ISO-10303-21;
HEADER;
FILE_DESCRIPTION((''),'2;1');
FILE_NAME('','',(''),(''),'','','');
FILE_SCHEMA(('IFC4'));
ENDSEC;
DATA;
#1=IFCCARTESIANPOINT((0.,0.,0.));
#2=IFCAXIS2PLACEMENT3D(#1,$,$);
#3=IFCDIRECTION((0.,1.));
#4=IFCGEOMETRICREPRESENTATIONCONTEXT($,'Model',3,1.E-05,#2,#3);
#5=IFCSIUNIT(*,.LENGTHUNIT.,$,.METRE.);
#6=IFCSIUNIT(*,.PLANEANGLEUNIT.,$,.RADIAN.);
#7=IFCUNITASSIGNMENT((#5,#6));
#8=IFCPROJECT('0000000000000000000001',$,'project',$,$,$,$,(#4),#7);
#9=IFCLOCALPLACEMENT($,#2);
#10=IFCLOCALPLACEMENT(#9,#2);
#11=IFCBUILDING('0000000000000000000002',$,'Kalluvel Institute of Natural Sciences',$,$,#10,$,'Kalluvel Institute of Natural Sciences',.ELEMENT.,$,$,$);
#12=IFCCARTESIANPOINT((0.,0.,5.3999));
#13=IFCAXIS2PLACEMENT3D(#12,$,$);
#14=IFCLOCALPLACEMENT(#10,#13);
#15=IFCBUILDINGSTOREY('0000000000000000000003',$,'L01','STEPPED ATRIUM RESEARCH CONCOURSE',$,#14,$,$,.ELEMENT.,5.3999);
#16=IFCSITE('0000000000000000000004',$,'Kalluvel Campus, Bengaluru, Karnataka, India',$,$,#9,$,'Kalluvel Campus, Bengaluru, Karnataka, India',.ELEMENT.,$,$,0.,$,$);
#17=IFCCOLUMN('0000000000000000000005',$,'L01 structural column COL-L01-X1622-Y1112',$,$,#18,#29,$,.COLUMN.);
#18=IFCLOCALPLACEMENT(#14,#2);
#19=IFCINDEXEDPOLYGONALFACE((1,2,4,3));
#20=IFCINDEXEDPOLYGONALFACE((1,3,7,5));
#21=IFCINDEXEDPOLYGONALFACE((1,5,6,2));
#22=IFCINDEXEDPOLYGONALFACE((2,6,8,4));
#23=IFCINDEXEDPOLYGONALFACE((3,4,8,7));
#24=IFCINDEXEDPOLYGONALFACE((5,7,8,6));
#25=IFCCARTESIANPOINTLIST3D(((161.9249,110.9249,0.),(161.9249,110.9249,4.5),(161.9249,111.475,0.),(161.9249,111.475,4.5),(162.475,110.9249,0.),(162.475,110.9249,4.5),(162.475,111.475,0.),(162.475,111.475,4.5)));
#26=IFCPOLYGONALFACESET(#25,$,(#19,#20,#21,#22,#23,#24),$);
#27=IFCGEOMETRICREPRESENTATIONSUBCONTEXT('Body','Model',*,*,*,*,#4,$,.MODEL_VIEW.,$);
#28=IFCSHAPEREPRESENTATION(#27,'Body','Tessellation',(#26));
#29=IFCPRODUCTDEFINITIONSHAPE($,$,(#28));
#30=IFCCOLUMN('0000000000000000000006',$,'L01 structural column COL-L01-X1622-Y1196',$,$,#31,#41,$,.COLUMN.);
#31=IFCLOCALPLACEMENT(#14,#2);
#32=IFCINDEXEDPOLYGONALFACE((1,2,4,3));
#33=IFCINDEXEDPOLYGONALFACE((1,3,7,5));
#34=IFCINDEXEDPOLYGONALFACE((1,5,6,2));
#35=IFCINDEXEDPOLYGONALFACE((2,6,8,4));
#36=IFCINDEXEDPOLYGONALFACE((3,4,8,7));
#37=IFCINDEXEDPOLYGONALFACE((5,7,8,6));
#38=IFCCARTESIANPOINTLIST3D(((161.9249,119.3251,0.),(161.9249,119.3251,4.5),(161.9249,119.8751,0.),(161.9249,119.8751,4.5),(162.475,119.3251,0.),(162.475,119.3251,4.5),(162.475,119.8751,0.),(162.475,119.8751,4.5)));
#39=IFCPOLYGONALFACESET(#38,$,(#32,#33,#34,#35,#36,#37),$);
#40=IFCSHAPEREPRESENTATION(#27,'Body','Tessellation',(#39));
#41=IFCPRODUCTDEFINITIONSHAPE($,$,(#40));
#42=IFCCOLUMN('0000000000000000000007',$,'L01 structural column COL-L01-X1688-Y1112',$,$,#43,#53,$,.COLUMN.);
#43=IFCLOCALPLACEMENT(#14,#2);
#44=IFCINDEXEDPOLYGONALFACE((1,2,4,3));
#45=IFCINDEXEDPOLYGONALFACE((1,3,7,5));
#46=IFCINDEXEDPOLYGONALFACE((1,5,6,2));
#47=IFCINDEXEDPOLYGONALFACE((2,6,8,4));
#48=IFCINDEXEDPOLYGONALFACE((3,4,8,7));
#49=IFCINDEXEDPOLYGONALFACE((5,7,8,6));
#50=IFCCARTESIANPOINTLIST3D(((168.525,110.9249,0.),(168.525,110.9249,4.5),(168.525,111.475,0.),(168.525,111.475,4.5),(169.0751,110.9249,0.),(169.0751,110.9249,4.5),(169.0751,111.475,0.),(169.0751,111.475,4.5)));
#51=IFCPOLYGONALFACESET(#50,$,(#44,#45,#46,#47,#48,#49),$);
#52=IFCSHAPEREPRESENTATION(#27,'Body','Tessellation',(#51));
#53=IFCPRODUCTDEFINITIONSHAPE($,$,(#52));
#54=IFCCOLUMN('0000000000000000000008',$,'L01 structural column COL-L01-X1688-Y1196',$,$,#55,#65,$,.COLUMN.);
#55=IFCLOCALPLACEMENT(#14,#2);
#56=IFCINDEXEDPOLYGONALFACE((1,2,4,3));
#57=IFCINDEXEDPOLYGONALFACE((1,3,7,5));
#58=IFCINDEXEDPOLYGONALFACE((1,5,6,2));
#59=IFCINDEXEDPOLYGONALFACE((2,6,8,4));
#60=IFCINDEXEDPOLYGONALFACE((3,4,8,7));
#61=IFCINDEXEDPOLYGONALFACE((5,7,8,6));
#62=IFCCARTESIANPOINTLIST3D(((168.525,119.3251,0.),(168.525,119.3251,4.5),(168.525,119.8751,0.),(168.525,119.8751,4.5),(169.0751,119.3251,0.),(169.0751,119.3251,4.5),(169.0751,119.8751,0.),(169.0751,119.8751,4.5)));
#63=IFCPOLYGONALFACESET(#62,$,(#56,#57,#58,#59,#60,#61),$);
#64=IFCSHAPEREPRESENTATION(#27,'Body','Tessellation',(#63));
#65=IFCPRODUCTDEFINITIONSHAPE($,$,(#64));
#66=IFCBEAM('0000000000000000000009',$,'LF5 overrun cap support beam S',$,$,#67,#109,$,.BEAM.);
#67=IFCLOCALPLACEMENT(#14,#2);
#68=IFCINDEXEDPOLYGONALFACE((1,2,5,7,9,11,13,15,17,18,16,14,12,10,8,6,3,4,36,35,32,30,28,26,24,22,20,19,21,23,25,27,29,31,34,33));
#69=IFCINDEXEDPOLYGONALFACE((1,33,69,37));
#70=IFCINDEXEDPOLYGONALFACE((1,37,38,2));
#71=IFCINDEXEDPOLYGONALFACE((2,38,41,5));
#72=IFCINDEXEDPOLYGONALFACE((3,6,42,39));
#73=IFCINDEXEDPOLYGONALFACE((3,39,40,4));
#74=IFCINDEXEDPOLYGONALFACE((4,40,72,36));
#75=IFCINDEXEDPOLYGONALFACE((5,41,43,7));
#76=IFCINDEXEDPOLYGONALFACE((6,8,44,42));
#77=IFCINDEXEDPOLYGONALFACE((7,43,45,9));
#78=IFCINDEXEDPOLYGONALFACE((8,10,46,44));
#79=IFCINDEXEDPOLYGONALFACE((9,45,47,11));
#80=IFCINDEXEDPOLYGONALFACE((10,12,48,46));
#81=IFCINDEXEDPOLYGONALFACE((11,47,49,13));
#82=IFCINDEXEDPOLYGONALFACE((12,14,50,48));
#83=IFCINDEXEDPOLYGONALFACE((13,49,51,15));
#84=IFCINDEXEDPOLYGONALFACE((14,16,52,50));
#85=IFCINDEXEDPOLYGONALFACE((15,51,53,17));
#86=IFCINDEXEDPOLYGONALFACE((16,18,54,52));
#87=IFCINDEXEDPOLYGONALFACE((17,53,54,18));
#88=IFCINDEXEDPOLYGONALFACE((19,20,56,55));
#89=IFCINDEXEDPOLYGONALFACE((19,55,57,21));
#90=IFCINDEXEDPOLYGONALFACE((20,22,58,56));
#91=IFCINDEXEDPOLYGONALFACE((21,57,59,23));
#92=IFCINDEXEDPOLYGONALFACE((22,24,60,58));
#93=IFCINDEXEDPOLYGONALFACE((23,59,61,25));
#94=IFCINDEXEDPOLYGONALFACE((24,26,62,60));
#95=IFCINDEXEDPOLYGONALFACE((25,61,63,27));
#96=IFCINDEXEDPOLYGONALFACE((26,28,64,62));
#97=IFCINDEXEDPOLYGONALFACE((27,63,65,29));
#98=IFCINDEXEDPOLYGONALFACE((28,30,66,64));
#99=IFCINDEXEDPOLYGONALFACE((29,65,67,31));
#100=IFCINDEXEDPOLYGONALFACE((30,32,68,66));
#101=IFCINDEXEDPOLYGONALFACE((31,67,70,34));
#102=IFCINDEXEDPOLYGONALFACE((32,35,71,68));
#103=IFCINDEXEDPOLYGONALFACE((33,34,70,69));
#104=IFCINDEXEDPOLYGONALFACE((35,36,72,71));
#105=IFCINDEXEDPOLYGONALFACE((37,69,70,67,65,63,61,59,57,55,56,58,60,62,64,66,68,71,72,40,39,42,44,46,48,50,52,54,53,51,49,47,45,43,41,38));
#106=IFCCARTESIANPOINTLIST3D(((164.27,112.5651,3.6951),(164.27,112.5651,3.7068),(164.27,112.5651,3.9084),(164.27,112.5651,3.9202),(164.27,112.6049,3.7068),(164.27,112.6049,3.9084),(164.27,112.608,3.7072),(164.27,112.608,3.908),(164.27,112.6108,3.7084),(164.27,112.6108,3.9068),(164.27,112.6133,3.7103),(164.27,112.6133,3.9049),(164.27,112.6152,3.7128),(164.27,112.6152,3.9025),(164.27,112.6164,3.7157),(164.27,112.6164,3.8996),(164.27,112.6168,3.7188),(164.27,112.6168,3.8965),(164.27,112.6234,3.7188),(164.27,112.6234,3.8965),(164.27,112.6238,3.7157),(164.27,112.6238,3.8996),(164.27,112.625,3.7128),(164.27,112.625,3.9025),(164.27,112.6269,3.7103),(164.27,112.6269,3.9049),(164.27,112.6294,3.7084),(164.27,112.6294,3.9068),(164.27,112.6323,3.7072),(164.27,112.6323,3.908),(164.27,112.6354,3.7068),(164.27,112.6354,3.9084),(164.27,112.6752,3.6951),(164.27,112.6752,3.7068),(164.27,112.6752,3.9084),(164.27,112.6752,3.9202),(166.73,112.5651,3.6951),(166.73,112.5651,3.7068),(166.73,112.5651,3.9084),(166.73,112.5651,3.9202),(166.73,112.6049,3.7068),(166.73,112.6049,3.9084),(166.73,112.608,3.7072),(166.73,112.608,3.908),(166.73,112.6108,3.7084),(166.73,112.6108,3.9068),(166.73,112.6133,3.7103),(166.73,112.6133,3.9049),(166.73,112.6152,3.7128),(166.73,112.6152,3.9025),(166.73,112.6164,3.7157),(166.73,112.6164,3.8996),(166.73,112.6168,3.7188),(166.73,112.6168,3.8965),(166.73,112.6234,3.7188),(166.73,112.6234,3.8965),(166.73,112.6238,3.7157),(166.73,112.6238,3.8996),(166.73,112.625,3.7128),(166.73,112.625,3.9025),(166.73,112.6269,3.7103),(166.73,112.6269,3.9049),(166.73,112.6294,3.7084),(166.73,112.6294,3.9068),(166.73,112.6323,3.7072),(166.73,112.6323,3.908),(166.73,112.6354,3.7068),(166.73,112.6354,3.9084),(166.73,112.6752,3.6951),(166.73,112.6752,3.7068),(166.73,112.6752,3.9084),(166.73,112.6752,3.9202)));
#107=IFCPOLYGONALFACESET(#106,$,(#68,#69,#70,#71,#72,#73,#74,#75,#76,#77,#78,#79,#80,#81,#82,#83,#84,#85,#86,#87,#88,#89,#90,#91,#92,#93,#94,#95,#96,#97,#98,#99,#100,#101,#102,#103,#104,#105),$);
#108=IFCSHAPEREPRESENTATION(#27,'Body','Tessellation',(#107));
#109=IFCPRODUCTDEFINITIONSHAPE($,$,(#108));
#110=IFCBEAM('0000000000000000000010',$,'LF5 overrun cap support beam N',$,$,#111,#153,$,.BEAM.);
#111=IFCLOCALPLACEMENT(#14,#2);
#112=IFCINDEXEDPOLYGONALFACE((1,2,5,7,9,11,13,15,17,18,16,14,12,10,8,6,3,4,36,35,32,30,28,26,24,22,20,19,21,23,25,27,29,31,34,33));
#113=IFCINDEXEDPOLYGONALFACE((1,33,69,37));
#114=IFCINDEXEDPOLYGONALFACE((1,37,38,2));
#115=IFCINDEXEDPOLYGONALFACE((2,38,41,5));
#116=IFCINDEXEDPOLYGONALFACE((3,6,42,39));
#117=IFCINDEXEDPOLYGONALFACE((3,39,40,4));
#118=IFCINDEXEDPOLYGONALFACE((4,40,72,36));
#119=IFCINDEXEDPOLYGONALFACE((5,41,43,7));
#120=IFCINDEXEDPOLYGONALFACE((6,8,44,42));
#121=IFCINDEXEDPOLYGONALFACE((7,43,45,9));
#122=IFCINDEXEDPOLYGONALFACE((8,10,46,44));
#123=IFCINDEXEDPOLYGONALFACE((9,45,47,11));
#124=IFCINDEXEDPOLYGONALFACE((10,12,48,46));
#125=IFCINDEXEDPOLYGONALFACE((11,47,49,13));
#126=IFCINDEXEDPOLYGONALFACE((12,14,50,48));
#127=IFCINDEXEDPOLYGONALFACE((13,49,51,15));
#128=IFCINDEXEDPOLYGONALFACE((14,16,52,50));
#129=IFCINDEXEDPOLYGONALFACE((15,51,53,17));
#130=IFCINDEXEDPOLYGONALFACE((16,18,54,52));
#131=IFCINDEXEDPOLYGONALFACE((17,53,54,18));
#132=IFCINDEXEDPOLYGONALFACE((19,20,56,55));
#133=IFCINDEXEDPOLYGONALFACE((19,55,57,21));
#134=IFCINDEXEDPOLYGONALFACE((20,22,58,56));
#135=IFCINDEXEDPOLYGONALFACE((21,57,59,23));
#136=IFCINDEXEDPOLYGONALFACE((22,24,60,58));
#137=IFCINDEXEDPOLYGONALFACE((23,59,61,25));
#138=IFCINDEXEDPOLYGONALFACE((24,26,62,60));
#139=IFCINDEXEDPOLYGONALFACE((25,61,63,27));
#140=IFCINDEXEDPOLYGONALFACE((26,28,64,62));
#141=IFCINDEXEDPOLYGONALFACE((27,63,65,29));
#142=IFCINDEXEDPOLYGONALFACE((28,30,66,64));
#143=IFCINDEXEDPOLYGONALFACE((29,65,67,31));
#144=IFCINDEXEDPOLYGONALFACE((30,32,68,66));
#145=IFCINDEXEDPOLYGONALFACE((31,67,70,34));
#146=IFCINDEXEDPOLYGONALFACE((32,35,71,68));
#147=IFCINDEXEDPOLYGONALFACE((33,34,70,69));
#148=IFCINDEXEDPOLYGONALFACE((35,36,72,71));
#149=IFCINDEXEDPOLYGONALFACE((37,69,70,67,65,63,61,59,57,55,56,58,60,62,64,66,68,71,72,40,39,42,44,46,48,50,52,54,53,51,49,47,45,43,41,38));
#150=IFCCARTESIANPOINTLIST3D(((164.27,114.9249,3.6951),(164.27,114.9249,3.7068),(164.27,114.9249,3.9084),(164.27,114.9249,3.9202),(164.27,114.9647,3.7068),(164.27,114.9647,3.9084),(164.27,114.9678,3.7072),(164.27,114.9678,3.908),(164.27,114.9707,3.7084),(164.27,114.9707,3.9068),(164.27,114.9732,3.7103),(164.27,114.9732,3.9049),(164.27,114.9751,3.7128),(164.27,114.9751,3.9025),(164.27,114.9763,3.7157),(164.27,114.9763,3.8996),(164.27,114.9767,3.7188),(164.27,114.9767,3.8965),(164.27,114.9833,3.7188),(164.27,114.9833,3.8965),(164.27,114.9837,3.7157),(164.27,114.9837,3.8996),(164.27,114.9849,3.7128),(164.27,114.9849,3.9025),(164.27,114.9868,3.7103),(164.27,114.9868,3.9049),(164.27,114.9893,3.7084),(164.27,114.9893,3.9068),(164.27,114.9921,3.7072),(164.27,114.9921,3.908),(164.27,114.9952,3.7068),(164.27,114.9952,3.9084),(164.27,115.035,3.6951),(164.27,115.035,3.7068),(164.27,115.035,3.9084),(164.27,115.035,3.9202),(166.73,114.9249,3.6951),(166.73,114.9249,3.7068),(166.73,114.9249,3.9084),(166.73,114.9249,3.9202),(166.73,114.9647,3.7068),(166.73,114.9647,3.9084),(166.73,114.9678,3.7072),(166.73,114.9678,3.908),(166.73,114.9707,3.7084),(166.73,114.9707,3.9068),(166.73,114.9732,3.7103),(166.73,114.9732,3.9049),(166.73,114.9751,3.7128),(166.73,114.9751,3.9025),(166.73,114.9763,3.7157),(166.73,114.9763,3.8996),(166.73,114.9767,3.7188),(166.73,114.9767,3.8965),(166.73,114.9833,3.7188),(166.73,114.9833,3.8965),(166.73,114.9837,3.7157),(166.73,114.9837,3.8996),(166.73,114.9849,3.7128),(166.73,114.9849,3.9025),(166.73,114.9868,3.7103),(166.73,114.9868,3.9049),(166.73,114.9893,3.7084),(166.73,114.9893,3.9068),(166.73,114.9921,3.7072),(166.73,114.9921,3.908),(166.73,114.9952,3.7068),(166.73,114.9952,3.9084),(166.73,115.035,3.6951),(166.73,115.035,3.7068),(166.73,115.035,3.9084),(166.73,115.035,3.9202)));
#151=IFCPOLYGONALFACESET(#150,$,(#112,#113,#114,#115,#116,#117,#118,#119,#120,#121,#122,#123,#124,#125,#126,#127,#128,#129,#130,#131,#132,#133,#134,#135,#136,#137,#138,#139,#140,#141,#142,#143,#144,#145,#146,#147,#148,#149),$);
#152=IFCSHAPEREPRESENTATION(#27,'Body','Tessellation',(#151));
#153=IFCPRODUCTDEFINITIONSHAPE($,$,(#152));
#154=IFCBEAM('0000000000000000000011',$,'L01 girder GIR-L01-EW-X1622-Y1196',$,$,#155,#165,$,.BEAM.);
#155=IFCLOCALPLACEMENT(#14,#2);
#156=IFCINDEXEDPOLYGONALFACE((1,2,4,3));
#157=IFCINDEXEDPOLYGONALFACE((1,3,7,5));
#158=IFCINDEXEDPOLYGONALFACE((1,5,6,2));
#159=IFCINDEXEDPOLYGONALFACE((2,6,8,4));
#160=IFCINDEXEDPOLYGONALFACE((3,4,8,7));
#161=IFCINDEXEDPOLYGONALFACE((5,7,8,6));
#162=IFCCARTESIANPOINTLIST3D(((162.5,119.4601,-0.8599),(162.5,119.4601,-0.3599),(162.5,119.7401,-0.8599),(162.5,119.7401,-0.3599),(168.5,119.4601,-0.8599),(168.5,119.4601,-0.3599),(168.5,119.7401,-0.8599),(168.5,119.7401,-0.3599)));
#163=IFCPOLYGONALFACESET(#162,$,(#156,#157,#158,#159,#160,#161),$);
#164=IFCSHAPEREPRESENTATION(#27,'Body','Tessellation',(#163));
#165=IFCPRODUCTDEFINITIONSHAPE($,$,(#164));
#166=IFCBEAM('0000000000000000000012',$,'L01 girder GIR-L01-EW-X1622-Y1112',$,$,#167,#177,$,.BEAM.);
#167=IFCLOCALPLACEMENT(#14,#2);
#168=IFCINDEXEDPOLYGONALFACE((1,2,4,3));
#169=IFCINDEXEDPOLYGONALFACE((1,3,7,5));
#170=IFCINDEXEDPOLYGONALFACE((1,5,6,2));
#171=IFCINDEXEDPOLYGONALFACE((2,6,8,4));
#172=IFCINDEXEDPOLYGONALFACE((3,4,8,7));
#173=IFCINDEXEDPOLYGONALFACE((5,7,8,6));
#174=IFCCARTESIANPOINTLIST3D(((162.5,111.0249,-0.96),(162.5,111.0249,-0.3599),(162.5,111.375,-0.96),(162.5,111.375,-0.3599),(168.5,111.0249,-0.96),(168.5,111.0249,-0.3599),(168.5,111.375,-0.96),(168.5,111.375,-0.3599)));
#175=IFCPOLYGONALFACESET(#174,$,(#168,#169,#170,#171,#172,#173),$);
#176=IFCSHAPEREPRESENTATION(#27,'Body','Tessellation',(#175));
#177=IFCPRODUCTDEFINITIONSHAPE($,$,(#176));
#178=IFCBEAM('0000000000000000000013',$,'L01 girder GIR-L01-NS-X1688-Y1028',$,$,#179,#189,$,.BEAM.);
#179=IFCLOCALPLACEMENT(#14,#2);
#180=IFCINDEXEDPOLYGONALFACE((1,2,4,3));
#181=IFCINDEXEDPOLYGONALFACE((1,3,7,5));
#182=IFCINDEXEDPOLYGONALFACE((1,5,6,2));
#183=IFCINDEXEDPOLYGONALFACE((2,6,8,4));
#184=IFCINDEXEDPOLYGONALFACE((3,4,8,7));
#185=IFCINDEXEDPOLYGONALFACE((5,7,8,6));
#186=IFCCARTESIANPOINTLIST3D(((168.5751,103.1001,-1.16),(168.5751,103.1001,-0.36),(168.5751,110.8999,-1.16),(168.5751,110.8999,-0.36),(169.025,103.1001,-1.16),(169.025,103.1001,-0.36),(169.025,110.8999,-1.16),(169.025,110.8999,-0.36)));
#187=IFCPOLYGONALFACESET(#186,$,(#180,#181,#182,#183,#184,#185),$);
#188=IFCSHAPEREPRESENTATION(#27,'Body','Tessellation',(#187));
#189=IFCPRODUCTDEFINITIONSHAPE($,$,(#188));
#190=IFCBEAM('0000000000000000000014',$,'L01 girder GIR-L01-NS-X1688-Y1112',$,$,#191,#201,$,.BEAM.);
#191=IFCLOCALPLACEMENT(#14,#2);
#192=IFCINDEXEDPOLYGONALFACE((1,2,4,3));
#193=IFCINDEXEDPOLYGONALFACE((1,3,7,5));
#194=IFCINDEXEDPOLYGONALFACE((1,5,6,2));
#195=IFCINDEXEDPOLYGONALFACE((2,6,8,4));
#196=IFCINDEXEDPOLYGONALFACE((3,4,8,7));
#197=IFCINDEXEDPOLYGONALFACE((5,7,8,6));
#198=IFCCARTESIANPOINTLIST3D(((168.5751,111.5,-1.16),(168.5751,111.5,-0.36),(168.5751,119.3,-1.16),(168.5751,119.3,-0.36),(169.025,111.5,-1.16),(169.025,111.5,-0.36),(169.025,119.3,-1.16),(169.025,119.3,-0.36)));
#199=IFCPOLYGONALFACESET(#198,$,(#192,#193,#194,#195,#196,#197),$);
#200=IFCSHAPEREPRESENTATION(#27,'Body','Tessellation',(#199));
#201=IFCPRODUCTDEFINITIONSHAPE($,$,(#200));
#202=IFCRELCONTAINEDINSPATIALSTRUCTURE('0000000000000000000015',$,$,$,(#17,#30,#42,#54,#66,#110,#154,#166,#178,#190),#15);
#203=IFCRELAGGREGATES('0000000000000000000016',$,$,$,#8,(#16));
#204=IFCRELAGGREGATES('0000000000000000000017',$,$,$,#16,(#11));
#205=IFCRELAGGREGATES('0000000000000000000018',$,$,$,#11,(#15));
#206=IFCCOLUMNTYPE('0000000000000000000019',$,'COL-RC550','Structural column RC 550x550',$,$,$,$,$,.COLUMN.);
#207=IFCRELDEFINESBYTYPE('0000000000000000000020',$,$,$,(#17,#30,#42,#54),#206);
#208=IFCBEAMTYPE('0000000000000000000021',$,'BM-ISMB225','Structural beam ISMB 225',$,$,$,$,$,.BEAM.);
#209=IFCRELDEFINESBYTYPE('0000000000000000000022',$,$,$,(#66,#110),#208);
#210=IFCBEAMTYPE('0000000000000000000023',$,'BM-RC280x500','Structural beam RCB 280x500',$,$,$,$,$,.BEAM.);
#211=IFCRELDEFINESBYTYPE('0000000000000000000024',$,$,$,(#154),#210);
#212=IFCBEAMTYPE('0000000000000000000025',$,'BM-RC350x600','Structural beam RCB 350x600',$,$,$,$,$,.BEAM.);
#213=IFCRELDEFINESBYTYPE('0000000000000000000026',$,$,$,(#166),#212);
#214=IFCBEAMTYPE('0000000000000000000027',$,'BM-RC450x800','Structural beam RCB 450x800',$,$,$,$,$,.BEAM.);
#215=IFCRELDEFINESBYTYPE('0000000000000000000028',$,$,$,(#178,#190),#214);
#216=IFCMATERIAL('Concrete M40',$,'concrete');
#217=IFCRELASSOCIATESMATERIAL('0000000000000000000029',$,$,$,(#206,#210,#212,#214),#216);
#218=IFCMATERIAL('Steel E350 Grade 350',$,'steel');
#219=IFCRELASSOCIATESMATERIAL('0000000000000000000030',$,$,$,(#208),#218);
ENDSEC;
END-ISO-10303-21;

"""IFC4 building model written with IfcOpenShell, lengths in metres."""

from ifc_helpers import new_model, si_unit, direction, frame, origin, origin_2d, place, context, subcontext, project, spatial, rectangle, i_section, extrude, material, material_profile, profile_set, type_object, element, save


model = new_model("IFC4")

# Units and contexts
model_context = context("Model", 3, precision=1e-05, world=origin(), true_north=direction((0.0, 1.0)))
body_context = subcontext(model_context, "Body", "Model", "MODEL_VIEW")
ifc_project = project(units=[si_unit("LENGTHUNIT", "METRE"), si_unit("PLANEANGLEUNIT", "RADIAN")], contexts=[model_context])

# Site, building, storey
site_placement = place(None, origin())
site = spatial("IfcSite", under=ifc_project, at=site_placement, Name="Kalluvel Campus, Bengaluru, Karnataka, India", LongName="Kalluvel Campus, Bengaluru, Karnataka, India", CompositionType="ELEMENT", RefElevation=0.0)
building_placement = place(site_placement, origin())
building = spatial("IfcBuilding", under=site, at=building_placement, Name="Kalluvel Institute of Natural Sciences", LongName="Kalluvel Institute of Natural Sciences", CompositionType="ELEMENT")
storey_placement = place(building_placement, frame((0.0, 0.0, 5.3999)))
storey = spatial("IfcBuildingStorey", under=building, at=storey_placement, Name="L01", Description="STEPPED ATRIUM RESEARCH CONCOURSE", CompositionType="ELEMENT", Elevation=5.3999)

# Columns
ifc_material_1 = material(Name="Concrete M40", Category="concrete")
ifc_material_profile_1 = material_profile(ifc_material_1, rectangle(XDim=0.55, YDim=0.55, at=origin_2d()), Name="RC 550x550")
ifc_profile_set_1 = profile_set([ifc_material_profile_1], Name="Concrete M40")
column_type = type_object("IfcColumnType", Name="COL-RC550", Description="Structural column RC 550x550", PredefinedType="COLUMN", material=ifc_profile_set_1)
for number, where, z_axis, x_axis, name in (
    (1, (162.2, 111.2, 0.0), (0.0, 0.0, 1.0), (1.0, 0.0, 0.0), "L01 structural column COL-L01-X1622-Y1112"),
    (2, (162.2, 119.6001, 0.0), (0.0, 0.0, 1.0), (1.0, 0.0, 0.0), "L01 structural column COL-L01-X1622-Y1196"),
    (3, (168.8, 111.2, 0.0), (0.0, 0.0, 1.0), (1.0, 0.0, 0.0), "L01 structural column COL-L01-X1688-Y1112"),
    (4, (168.8, 119.6001, 0.0), (0.0, 0.0, 1.0), (1.0, 0.0, 0.0), "L01 structural column COL-L01-X1688-Y1196"),
):
    element("IfcColumn", number, at=place(storey_placement, frame(where, z_axis=z_axis, x_axis=x_axis)), inside=storey, type_object=column_type, Name=name, PredefinedType="COLUMN", context=body_context, shape_type="SweptSolid", body=[
        extrude(rectangle(XDim=0.55, YDim=0.55, at=origin_2d()), origin(), (0.0, 0.0, 1.0), 4.5),
    ])

# Beams
ifc_material_2 = material(Name="Steel E350 Grade 350", Category="steel")
ifc_material_profile_2 = material_profile(ifc_material_2, i_section(OverallWidth=0.1101, OverallDepth=0.2251, WebThickness=0.0066, FlangeThickness=0.0117, FilletRadius=0.012, at=origin_2d()), Name="ISMB 225")
ifc_profile_set_2 = profile_set([ifc_material_profile_2], Name="Steel E350 Grade 350")
beam_type_1 = type_object("IfcBeamType", Name="BM-ISMB225", Description="Structural beam ISMB 225", PredefinedType="BEAM", material=ifc_profile_set_2)
for number, where, z_axis, x_axis, name in (
    (5, (164.27, 112.6201, 3.8076), (1.0, 0.0, 0.0), (0.0, 1.0, 0.0), "LF5 overrun cap support beam S"),
    (6, (164.27, 114.98, 3.8076), (1.0, 0.0, 0.0), (0.0, 1.0, 0.0), "LF5 overrun cap support beam N"),
):
    element("IfcBeam", number, at=place(storey_placement, frame(where, z_axis=z_axis, x_axis=x_axis)), inside=storey, type_object=beam_type_1, Name=name, PredefinedType="BEAM", context=body_context, shape_type="SweptSolid", body=[
        extrude(i_section(OverallWidth=0.1101, OverallDepth=0.2251, WebThickness=0.0066, FlangeThickness=0.0117, FilletRadius=0.012, at=origin_2d()), origin(), (0.0, 0.0, 1.0), 2.46),
    ])
ifc_material_profile_3 = material_profile(ifc_material_1, rectangle(XDim=0.28, YDim=0.5, at=origin_2d()), Name="RCB 280x500")
ifc_profile_set_3 = profile_set([ifc_material_profile_3], Name="Concrete M40")
beam_type_2 = type_object("IfcBeamType", Name="BM-RC280x500", Description="Structural beam RCB 280x500", PredefinedType="BEAM", material=ifc_profile_set_3)
beam_1_placement = place(storey_placement, frame((162.5, 119.6001, -0.6099), z_axis=(1.0, 0.0, 0.0), x_axis=(0.0, 1.0, 0.0)))
element("IfcBeam", 7, at=beam_1_placement, inside=storey, type_object=beam_type_2, Name="L01 girder GIR-L01-EW-X1622-Y1196", PredefinedType="BEAM", context=body_context, shape_type="SweptSolid", body=[
    extrude(rectangle(XDim=0.28, YDim=0.5, at=origin_2d()), origin(), (0.0, 0.0, 1.0), 6.0),
])
ifc_material_profile_4 = material_profile(ifc_material_1, rectangle(XDim=0.3501, YDim=0.6001, at=origin_2d()), Name="RCB 350x600")
ifc_profile_set_4 = profile_set([ifc_material_profile_4], Name="Concrete M40")
beam_type_3 = type_object("IfcBeamType", Name="BM-RC350x600", Description="Structural beam RCB 350x600", PredefinedType="BEAM", material=ifc_profile_set_4)
beam_2_placement = place(storey_placement, frame((162.5, 111.2, -0.6599), z_axis=(1.0, 0.0, 0.0), x_axis=(0.0, 1.0, 0.0)))
element("IfcBeam", 8, at=beam_2_placement, inside=storey, type_object=beam_type_3, Name="L01 girder GIR-L01-EW-X1622-Y1112", PredefinedType="BEAM", context=body_context, shape_type="SweptSolid", body=[
    extrude(rectangle(XDim=0.3501, YDim=0.6001, at=origin_2d()), origin(), (0.0, 0.0, 1.0), 6.0),
])
ifc_material_profile_5 = material_profile(ifc_material_1, rectangle(XDim=0.45, YDim=0.8, at=origin_2d()), Name="RCB 450x800")
ifc_profile_set_5 = profile_set([ifc_material_profile_5], Name="Concrete M40")
beam_type_4 = type_object("IfcBeamType", Name="BM-RC450x800", Description="Structural beam RCB 450x800", PredefinedType="BEAM", material=ifc_profile_set_5)
beam_3_placement = place(storey_placement, frame((168.8, 103.1001, -0.76), z_axis=(0.0, 1.0, 0.0), x_axis=(-1.0, 0.0, 0.0)))
element("IfcBeam", 9, at=beam_3_placement, inside=storey, type_object=beam_type_4, Name="L01 girder GIR-L01-NS-X1688-Y1028", PredefinedType="BEAM", context=body_context, shape_type="SweptSolid", body=[
    extrude(rectangle(XDim=0.45, YDim=0.8, at=origin_2d()), origin(), (0.0, 0.0, 1.0), 7.7998),
])
beam_4_placement = place(storey_placement, frame((168.8, 111.5, -0.76), z_axis=(0.0, 1.0, 0.0), x_axis=(-1.0, 0.0, 0.0)))
element("IfcBeam", 10, at=beam_4_placement, inside=storey, type_object=beam_type_4, Name="L01 girder GIR-L01-NS-X1688-Y1112", PredefinedType="BEAM", context=body_context, shape_type="SweptSolid", body=[
    extrude(rectangle(XDim=0.45, YDim=0.8, at=origin_2d()), origin(), (0.0, 0.0, 1.0), 7.8),
])

save(model, "model.ifc")
